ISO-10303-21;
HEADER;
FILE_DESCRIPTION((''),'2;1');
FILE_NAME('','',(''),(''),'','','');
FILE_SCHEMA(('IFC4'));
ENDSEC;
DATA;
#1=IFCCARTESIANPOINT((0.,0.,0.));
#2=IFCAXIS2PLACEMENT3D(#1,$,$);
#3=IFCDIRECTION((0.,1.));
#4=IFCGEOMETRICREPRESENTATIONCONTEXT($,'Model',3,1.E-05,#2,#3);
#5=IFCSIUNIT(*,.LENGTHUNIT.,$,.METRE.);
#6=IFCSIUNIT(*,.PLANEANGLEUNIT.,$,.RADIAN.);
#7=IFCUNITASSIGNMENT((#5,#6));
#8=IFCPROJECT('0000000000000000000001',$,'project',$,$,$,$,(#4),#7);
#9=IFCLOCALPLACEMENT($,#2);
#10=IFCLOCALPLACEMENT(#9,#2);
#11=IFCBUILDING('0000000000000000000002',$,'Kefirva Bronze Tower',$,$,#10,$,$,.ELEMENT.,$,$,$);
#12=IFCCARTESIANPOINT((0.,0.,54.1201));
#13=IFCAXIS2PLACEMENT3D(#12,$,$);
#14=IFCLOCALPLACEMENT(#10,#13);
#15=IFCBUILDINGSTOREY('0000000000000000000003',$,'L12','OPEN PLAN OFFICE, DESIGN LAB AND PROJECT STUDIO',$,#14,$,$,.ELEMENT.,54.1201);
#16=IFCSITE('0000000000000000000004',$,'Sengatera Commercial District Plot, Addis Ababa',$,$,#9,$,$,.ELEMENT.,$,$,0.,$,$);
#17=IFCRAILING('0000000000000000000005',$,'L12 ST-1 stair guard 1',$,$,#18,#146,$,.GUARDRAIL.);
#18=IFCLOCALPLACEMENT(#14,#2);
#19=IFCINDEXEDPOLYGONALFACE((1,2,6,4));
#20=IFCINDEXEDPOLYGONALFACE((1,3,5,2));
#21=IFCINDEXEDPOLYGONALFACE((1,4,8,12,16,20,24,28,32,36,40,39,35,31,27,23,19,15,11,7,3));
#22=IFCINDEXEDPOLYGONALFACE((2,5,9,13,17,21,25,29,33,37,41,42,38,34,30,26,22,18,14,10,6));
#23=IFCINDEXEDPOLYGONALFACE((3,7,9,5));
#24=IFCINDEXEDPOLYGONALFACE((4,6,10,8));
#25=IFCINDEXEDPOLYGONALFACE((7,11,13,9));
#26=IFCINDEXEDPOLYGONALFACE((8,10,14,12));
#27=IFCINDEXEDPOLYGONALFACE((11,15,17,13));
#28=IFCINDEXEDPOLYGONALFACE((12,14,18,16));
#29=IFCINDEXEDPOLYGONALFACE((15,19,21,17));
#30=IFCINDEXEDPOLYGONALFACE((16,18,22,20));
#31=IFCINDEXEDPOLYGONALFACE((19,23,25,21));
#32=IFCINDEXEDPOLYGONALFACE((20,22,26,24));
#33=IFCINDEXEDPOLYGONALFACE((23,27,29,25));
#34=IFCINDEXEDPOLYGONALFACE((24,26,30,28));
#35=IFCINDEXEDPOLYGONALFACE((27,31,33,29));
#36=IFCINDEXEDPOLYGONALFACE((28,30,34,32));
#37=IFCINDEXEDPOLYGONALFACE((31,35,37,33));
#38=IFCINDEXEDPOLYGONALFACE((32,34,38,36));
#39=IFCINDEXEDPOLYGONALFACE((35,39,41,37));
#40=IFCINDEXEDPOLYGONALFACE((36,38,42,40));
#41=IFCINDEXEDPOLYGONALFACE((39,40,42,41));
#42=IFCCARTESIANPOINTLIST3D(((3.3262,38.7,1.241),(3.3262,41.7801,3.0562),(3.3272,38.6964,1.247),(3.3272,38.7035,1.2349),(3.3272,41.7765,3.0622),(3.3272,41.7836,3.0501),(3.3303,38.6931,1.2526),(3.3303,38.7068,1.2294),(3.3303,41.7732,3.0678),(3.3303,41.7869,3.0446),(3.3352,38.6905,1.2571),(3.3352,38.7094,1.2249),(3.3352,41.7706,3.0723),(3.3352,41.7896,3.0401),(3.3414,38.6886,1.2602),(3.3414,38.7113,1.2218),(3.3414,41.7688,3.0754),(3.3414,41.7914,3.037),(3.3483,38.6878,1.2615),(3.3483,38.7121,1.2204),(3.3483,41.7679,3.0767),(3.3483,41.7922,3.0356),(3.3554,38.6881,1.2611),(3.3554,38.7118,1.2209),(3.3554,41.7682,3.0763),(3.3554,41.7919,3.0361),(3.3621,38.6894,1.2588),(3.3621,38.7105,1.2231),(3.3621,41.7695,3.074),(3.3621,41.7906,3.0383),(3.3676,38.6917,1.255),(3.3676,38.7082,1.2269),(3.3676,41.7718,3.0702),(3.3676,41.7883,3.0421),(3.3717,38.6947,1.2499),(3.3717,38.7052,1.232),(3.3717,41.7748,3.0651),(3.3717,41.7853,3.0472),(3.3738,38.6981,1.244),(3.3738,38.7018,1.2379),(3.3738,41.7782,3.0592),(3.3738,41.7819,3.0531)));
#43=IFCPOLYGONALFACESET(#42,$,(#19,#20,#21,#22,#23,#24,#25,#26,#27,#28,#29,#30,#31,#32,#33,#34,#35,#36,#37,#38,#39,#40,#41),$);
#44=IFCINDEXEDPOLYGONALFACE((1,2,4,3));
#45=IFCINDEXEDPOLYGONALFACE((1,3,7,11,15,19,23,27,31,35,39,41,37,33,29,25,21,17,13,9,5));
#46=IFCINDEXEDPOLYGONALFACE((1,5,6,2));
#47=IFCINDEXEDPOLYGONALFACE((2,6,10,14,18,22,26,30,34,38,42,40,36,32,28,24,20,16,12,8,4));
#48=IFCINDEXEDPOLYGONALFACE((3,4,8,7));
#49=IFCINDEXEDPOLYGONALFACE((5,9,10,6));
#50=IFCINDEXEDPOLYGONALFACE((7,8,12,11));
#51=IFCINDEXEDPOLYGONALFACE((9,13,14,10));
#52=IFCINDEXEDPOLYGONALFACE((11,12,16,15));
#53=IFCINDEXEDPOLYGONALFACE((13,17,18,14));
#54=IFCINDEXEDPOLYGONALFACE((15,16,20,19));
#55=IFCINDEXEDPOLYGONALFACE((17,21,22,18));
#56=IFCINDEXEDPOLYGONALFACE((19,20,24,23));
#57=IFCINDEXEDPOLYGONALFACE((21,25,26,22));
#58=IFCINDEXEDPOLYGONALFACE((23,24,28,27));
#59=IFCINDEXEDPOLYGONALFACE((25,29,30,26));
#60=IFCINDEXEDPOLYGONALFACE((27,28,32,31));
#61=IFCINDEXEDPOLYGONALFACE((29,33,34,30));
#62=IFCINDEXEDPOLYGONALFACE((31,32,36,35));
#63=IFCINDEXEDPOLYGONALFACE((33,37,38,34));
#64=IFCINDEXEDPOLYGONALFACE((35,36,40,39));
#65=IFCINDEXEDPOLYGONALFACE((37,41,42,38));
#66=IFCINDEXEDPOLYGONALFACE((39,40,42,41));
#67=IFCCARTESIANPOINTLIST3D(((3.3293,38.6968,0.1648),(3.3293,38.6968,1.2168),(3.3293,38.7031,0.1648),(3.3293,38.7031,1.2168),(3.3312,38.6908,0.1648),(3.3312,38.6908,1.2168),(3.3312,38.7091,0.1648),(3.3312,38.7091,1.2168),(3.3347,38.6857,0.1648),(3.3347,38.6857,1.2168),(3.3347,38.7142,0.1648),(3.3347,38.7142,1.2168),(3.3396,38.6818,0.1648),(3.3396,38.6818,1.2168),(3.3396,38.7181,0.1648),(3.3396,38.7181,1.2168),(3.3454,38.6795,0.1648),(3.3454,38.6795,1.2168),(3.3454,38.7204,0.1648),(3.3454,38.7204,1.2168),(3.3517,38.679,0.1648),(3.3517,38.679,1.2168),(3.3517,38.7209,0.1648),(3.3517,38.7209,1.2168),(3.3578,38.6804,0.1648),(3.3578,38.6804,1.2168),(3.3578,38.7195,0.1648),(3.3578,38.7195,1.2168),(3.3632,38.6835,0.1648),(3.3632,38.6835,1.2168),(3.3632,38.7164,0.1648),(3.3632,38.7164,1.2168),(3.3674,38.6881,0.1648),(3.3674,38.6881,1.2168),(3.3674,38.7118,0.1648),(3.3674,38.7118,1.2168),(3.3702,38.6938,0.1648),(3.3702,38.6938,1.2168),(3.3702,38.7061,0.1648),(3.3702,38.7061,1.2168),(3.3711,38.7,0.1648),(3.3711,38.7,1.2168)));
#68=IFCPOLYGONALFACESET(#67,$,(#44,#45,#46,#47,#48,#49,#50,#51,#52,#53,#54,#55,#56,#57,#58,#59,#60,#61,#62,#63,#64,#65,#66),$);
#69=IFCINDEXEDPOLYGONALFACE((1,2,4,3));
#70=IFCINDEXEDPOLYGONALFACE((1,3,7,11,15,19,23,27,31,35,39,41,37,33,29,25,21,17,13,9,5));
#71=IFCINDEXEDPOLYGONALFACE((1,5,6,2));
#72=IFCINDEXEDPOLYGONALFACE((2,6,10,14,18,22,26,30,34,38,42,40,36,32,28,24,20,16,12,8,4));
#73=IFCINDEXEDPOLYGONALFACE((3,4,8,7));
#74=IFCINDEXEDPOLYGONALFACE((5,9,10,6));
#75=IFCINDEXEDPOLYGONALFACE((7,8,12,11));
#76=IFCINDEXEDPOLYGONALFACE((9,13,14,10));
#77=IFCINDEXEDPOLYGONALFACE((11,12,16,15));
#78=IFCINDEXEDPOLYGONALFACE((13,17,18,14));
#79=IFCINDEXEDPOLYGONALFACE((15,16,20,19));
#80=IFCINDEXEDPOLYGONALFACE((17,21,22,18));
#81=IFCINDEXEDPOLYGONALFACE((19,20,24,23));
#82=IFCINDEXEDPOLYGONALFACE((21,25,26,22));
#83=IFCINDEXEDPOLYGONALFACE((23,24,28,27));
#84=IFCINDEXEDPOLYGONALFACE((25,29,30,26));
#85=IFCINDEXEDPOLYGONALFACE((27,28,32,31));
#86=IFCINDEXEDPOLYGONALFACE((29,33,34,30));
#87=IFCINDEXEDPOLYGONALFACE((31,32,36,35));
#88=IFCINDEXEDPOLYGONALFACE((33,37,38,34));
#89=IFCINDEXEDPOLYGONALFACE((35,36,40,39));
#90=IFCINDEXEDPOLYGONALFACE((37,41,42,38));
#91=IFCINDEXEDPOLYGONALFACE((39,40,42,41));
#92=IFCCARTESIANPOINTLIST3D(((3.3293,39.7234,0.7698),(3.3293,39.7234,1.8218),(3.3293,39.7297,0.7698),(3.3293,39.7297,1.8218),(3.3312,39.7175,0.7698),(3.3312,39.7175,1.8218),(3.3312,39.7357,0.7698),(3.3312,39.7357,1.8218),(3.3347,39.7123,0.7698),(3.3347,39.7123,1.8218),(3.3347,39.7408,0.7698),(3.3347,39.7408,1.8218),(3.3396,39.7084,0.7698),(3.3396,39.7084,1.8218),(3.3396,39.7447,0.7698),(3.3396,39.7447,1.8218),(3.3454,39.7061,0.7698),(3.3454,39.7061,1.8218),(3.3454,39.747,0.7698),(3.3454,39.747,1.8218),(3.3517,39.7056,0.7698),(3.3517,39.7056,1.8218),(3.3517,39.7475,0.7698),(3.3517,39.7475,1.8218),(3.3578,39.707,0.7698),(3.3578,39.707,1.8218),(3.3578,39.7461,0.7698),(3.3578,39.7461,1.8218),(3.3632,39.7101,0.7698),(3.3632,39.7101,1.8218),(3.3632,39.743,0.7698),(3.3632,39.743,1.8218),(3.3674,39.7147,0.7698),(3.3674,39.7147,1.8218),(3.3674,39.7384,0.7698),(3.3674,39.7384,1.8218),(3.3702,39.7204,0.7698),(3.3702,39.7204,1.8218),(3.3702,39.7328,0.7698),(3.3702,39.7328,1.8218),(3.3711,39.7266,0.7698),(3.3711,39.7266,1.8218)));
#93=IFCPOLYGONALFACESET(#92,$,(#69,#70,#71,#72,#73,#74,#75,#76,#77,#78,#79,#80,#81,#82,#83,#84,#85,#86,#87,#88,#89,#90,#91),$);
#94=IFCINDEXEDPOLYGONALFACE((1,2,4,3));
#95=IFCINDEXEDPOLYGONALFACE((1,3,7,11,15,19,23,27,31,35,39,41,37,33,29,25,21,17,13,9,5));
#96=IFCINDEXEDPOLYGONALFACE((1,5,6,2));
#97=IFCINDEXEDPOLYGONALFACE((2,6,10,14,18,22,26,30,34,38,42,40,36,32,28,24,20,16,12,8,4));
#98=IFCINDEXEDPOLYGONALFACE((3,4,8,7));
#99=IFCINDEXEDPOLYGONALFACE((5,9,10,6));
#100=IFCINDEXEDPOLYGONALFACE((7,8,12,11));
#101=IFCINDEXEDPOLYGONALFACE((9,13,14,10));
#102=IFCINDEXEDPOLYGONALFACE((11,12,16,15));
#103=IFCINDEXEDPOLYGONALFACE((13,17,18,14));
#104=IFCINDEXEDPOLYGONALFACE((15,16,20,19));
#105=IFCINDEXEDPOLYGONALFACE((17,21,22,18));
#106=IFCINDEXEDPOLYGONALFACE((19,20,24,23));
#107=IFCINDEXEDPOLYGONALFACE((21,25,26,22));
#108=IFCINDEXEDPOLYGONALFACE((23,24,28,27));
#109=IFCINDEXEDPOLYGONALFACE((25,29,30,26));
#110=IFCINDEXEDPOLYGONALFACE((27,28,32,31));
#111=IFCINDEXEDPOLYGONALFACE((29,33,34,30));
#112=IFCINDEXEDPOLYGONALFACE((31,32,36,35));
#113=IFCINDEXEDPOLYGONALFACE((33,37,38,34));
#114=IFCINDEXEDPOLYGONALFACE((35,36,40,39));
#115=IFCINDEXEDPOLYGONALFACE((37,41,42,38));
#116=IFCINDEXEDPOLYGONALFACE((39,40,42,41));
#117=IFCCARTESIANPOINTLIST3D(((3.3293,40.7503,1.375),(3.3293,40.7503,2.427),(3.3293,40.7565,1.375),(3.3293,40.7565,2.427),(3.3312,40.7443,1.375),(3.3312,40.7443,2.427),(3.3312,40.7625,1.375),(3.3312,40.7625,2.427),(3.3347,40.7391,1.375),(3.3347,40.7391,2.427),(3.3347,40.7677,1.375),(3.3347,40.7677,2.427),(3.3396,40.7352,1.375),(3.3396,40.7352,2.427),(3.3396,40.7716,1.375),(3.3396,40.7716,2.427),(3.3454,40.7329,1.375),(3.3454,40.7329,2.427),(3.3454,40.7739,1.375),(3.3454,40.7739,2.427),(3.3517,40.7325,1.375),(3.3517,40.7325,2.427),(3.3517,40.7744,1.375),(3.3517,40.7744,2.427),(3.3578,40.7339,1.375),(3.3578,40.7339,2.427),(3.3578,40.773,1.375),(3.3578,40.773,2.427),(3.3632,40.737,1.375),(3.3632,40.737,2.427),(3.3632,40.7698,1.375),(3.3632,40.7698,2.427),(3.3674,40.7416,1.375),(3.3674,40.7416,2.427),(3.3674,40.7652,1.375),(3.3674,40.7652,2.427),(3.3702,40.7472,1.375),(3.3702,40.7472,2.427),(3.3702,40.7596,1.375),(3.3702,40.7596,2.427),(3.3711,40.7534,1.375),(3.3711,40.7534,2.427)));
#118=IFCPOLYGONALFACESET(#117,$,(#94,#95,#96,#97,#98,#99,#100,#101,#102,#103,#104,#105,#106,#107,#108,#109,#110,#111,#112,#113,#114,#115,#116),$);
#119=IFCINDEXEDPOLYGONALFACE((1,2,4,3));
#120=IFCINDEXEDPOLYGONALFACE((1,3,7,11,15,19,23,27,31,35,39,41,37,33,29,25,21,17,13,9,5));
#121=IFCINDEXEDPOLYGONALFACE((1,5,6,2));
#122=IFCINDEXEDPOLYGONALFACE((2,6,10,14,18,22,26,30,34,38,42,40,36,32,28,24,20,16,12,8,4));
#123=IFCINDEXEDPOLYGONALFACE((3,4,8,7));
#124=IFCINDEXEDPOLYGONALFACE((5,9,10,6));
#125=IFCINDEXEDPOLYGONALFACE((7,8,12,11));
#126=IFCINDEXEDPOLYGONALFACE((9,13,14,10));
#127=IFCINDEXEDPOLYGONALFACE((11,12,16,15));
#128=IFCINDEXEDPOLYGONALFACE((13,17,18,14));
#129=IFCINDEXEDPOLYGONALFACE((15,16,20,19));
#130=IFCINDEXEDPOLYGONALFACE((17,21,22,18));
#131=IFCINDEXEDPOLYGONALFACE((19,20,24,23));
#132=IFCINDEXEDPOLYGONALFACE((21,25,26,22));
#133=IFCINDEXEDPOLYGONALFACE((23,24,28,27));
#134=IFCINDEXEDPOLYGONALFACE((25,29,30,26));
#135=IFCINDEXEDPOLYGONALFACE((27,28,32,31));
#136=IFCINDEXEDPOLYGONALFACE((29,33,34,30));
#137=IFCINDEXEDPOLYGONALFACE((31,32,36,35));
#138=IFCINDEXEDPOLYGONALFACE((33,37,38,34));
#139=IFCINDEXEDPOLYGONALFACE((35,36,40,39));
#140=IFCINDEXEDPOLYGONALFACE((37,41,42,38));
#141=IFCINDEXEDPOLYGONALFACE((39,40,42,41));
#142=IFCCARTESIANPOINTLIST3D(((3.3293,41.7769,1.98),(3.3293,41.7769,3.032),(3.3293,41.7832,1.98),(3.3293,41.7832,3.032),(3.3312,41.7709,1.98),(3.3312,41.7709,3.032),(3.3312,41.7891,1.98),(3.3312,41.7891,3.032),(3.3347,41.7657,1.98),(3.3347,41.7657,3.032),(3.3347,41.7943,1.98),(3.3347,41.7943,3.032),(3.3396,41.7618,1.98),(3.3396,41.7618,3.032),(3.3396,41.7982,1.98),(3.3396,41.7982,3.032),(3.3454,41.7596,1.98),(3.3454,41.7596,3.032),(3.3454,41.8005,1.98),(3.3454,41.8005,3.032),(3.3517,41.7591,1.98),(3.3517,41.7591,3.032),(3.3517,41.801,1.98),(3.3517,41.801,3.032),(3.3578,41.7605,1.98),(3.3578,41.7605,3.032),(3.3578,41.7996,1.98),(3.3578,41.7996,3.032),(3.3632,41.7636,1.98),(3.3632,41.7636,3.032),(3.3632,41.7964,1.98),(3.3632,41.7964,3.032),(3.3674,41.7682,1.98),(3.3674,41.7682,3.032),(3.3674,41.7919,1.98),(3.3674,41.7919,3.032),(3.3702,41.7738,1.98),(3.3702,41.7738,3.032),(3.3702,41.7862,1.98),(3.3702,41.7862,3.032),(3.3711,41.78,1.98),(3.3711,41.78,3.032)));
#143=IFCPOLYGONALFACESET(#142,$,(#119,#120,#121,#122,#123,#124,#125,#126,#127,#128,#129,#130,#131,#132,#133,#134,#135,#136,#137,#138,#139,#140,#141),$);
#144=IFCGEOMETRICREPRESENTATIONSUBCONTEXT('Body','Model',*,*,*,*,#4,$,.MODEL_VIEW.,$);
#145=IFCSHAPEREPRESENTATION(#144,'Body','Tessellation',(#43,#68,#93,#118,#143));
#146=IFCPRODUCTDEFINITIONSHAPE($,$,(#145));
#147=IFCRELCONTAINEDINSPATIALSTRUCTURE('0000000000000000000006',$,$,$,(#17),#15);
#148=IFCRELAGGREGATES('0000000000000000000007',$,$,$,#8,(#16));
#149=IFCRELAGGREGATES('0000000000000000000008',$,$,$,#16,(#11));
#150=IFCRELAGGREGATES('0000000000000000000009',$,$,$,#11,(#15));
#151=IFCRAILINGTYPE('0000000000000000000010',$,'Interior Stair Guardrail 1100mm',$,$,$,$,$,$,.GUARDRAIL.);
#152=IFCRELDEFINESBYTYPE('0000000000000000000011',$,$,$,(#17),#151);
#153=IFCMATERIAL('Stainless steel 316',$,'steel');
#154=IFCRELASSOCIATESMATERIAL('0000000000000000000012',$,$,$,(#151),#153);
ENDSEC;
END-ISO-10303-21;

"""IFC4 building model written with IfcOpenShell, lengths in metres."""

from ifc_helpers import new_model, si_unit, direction, frame, origin, origin_2d, place, context, subcontext, project, spatial, circle, extrude, material, type_object, element, save


model = new_model("IFC4")

# Units and contexts
model_context = context("Model", 3, precision=1e-05, world=origin(), true_north=direction((0.0, 1.0)))
body_context = subcontext(model_context, "Body", "Model", "MODEL_VIEW")
ifc_project = project(units=[si_unit("LENGTHUNIT", "METRE"), si_unit("PLANEANGLEUNIT", "RADIAN")], contexts=[model_context])

# Site, building, storey
site_placement = place(None, origin())
site = spatial("IfcSite", under=ifc_project, at=site_placement, Name="Sengatera Commercial District Plot, Addis Ababa", CompositionType="ELEMENT", RefElevation=0.0)
building_placement = place(site_placement, origin())
building = spatial("IfcBuilding", under=site, at=building_placement, Name="Kefirva Bronze Tower", CompositionType="ELEMENT")
storey_placement = place(building_placement, frame((0.0, 0.0, 54.1201)))
storey = spatial("IfcBuildingStorey", under=building, at=storey_placement, Name="L12", Description="OPEN PLAN OFFICE, DESIGN LAB AND PROJECT STUDIO", CompositionType="ELEMENT", Elevation=54.1201)

# Railing
ifc_material_1 = material(Name="Stainless steel 316", Category="steel")
railing_type_1 = type_object("IfcRailingType", Name="Interior Stair Guardrail 1100mm", PredefinedType="GUARDRAIL", material=ifc_material_1)
railing_1_placement = place(storey_placement, frame((3.3501, 38.7, 0.1648)))
element("IfcRailing", 1, at=railing_1_placement, inside=storey, type_object=railing_type_1, Name="L12 ST-1 stair guard 1", PredefinedType="GUARDRAIL", context=body_context, shape_type="SweptSolid", body=[
    extrude(circle(Radius=0.0239, at=origin_2d()), frame((0.0, 0.0, 1.0762), z_axis=(0.0, 0.861521, 0.507721), x_axis=(-1.0, 0.0, 0.0)), (0.0, 0.0, 1.0), 3.5752),
    extrude(circle(Radius=0.021, at=origin_2d()), origin(), (0.0, 0.0, 1.0), 1.052),
    extrude(circle(Radius=0.021, at=origin_2d()), frame((0.0, 1.0266, 0.605)), (0.0, 0.0, 1.0), 1.052),
    extrude(circle(Radius=0.021, at=origin_2d()), frame((0.0, 2.0535, 1.2102)), (0.0, 0.0, 1.0), 1.052),
    extrude(circle(Radius=0.021, at=origin_2d()), frame((0.0, 3.0801, 1.8152)), (0.0, 0.0, 1.0), 1.052),
])

save(model, "model.ifc")
